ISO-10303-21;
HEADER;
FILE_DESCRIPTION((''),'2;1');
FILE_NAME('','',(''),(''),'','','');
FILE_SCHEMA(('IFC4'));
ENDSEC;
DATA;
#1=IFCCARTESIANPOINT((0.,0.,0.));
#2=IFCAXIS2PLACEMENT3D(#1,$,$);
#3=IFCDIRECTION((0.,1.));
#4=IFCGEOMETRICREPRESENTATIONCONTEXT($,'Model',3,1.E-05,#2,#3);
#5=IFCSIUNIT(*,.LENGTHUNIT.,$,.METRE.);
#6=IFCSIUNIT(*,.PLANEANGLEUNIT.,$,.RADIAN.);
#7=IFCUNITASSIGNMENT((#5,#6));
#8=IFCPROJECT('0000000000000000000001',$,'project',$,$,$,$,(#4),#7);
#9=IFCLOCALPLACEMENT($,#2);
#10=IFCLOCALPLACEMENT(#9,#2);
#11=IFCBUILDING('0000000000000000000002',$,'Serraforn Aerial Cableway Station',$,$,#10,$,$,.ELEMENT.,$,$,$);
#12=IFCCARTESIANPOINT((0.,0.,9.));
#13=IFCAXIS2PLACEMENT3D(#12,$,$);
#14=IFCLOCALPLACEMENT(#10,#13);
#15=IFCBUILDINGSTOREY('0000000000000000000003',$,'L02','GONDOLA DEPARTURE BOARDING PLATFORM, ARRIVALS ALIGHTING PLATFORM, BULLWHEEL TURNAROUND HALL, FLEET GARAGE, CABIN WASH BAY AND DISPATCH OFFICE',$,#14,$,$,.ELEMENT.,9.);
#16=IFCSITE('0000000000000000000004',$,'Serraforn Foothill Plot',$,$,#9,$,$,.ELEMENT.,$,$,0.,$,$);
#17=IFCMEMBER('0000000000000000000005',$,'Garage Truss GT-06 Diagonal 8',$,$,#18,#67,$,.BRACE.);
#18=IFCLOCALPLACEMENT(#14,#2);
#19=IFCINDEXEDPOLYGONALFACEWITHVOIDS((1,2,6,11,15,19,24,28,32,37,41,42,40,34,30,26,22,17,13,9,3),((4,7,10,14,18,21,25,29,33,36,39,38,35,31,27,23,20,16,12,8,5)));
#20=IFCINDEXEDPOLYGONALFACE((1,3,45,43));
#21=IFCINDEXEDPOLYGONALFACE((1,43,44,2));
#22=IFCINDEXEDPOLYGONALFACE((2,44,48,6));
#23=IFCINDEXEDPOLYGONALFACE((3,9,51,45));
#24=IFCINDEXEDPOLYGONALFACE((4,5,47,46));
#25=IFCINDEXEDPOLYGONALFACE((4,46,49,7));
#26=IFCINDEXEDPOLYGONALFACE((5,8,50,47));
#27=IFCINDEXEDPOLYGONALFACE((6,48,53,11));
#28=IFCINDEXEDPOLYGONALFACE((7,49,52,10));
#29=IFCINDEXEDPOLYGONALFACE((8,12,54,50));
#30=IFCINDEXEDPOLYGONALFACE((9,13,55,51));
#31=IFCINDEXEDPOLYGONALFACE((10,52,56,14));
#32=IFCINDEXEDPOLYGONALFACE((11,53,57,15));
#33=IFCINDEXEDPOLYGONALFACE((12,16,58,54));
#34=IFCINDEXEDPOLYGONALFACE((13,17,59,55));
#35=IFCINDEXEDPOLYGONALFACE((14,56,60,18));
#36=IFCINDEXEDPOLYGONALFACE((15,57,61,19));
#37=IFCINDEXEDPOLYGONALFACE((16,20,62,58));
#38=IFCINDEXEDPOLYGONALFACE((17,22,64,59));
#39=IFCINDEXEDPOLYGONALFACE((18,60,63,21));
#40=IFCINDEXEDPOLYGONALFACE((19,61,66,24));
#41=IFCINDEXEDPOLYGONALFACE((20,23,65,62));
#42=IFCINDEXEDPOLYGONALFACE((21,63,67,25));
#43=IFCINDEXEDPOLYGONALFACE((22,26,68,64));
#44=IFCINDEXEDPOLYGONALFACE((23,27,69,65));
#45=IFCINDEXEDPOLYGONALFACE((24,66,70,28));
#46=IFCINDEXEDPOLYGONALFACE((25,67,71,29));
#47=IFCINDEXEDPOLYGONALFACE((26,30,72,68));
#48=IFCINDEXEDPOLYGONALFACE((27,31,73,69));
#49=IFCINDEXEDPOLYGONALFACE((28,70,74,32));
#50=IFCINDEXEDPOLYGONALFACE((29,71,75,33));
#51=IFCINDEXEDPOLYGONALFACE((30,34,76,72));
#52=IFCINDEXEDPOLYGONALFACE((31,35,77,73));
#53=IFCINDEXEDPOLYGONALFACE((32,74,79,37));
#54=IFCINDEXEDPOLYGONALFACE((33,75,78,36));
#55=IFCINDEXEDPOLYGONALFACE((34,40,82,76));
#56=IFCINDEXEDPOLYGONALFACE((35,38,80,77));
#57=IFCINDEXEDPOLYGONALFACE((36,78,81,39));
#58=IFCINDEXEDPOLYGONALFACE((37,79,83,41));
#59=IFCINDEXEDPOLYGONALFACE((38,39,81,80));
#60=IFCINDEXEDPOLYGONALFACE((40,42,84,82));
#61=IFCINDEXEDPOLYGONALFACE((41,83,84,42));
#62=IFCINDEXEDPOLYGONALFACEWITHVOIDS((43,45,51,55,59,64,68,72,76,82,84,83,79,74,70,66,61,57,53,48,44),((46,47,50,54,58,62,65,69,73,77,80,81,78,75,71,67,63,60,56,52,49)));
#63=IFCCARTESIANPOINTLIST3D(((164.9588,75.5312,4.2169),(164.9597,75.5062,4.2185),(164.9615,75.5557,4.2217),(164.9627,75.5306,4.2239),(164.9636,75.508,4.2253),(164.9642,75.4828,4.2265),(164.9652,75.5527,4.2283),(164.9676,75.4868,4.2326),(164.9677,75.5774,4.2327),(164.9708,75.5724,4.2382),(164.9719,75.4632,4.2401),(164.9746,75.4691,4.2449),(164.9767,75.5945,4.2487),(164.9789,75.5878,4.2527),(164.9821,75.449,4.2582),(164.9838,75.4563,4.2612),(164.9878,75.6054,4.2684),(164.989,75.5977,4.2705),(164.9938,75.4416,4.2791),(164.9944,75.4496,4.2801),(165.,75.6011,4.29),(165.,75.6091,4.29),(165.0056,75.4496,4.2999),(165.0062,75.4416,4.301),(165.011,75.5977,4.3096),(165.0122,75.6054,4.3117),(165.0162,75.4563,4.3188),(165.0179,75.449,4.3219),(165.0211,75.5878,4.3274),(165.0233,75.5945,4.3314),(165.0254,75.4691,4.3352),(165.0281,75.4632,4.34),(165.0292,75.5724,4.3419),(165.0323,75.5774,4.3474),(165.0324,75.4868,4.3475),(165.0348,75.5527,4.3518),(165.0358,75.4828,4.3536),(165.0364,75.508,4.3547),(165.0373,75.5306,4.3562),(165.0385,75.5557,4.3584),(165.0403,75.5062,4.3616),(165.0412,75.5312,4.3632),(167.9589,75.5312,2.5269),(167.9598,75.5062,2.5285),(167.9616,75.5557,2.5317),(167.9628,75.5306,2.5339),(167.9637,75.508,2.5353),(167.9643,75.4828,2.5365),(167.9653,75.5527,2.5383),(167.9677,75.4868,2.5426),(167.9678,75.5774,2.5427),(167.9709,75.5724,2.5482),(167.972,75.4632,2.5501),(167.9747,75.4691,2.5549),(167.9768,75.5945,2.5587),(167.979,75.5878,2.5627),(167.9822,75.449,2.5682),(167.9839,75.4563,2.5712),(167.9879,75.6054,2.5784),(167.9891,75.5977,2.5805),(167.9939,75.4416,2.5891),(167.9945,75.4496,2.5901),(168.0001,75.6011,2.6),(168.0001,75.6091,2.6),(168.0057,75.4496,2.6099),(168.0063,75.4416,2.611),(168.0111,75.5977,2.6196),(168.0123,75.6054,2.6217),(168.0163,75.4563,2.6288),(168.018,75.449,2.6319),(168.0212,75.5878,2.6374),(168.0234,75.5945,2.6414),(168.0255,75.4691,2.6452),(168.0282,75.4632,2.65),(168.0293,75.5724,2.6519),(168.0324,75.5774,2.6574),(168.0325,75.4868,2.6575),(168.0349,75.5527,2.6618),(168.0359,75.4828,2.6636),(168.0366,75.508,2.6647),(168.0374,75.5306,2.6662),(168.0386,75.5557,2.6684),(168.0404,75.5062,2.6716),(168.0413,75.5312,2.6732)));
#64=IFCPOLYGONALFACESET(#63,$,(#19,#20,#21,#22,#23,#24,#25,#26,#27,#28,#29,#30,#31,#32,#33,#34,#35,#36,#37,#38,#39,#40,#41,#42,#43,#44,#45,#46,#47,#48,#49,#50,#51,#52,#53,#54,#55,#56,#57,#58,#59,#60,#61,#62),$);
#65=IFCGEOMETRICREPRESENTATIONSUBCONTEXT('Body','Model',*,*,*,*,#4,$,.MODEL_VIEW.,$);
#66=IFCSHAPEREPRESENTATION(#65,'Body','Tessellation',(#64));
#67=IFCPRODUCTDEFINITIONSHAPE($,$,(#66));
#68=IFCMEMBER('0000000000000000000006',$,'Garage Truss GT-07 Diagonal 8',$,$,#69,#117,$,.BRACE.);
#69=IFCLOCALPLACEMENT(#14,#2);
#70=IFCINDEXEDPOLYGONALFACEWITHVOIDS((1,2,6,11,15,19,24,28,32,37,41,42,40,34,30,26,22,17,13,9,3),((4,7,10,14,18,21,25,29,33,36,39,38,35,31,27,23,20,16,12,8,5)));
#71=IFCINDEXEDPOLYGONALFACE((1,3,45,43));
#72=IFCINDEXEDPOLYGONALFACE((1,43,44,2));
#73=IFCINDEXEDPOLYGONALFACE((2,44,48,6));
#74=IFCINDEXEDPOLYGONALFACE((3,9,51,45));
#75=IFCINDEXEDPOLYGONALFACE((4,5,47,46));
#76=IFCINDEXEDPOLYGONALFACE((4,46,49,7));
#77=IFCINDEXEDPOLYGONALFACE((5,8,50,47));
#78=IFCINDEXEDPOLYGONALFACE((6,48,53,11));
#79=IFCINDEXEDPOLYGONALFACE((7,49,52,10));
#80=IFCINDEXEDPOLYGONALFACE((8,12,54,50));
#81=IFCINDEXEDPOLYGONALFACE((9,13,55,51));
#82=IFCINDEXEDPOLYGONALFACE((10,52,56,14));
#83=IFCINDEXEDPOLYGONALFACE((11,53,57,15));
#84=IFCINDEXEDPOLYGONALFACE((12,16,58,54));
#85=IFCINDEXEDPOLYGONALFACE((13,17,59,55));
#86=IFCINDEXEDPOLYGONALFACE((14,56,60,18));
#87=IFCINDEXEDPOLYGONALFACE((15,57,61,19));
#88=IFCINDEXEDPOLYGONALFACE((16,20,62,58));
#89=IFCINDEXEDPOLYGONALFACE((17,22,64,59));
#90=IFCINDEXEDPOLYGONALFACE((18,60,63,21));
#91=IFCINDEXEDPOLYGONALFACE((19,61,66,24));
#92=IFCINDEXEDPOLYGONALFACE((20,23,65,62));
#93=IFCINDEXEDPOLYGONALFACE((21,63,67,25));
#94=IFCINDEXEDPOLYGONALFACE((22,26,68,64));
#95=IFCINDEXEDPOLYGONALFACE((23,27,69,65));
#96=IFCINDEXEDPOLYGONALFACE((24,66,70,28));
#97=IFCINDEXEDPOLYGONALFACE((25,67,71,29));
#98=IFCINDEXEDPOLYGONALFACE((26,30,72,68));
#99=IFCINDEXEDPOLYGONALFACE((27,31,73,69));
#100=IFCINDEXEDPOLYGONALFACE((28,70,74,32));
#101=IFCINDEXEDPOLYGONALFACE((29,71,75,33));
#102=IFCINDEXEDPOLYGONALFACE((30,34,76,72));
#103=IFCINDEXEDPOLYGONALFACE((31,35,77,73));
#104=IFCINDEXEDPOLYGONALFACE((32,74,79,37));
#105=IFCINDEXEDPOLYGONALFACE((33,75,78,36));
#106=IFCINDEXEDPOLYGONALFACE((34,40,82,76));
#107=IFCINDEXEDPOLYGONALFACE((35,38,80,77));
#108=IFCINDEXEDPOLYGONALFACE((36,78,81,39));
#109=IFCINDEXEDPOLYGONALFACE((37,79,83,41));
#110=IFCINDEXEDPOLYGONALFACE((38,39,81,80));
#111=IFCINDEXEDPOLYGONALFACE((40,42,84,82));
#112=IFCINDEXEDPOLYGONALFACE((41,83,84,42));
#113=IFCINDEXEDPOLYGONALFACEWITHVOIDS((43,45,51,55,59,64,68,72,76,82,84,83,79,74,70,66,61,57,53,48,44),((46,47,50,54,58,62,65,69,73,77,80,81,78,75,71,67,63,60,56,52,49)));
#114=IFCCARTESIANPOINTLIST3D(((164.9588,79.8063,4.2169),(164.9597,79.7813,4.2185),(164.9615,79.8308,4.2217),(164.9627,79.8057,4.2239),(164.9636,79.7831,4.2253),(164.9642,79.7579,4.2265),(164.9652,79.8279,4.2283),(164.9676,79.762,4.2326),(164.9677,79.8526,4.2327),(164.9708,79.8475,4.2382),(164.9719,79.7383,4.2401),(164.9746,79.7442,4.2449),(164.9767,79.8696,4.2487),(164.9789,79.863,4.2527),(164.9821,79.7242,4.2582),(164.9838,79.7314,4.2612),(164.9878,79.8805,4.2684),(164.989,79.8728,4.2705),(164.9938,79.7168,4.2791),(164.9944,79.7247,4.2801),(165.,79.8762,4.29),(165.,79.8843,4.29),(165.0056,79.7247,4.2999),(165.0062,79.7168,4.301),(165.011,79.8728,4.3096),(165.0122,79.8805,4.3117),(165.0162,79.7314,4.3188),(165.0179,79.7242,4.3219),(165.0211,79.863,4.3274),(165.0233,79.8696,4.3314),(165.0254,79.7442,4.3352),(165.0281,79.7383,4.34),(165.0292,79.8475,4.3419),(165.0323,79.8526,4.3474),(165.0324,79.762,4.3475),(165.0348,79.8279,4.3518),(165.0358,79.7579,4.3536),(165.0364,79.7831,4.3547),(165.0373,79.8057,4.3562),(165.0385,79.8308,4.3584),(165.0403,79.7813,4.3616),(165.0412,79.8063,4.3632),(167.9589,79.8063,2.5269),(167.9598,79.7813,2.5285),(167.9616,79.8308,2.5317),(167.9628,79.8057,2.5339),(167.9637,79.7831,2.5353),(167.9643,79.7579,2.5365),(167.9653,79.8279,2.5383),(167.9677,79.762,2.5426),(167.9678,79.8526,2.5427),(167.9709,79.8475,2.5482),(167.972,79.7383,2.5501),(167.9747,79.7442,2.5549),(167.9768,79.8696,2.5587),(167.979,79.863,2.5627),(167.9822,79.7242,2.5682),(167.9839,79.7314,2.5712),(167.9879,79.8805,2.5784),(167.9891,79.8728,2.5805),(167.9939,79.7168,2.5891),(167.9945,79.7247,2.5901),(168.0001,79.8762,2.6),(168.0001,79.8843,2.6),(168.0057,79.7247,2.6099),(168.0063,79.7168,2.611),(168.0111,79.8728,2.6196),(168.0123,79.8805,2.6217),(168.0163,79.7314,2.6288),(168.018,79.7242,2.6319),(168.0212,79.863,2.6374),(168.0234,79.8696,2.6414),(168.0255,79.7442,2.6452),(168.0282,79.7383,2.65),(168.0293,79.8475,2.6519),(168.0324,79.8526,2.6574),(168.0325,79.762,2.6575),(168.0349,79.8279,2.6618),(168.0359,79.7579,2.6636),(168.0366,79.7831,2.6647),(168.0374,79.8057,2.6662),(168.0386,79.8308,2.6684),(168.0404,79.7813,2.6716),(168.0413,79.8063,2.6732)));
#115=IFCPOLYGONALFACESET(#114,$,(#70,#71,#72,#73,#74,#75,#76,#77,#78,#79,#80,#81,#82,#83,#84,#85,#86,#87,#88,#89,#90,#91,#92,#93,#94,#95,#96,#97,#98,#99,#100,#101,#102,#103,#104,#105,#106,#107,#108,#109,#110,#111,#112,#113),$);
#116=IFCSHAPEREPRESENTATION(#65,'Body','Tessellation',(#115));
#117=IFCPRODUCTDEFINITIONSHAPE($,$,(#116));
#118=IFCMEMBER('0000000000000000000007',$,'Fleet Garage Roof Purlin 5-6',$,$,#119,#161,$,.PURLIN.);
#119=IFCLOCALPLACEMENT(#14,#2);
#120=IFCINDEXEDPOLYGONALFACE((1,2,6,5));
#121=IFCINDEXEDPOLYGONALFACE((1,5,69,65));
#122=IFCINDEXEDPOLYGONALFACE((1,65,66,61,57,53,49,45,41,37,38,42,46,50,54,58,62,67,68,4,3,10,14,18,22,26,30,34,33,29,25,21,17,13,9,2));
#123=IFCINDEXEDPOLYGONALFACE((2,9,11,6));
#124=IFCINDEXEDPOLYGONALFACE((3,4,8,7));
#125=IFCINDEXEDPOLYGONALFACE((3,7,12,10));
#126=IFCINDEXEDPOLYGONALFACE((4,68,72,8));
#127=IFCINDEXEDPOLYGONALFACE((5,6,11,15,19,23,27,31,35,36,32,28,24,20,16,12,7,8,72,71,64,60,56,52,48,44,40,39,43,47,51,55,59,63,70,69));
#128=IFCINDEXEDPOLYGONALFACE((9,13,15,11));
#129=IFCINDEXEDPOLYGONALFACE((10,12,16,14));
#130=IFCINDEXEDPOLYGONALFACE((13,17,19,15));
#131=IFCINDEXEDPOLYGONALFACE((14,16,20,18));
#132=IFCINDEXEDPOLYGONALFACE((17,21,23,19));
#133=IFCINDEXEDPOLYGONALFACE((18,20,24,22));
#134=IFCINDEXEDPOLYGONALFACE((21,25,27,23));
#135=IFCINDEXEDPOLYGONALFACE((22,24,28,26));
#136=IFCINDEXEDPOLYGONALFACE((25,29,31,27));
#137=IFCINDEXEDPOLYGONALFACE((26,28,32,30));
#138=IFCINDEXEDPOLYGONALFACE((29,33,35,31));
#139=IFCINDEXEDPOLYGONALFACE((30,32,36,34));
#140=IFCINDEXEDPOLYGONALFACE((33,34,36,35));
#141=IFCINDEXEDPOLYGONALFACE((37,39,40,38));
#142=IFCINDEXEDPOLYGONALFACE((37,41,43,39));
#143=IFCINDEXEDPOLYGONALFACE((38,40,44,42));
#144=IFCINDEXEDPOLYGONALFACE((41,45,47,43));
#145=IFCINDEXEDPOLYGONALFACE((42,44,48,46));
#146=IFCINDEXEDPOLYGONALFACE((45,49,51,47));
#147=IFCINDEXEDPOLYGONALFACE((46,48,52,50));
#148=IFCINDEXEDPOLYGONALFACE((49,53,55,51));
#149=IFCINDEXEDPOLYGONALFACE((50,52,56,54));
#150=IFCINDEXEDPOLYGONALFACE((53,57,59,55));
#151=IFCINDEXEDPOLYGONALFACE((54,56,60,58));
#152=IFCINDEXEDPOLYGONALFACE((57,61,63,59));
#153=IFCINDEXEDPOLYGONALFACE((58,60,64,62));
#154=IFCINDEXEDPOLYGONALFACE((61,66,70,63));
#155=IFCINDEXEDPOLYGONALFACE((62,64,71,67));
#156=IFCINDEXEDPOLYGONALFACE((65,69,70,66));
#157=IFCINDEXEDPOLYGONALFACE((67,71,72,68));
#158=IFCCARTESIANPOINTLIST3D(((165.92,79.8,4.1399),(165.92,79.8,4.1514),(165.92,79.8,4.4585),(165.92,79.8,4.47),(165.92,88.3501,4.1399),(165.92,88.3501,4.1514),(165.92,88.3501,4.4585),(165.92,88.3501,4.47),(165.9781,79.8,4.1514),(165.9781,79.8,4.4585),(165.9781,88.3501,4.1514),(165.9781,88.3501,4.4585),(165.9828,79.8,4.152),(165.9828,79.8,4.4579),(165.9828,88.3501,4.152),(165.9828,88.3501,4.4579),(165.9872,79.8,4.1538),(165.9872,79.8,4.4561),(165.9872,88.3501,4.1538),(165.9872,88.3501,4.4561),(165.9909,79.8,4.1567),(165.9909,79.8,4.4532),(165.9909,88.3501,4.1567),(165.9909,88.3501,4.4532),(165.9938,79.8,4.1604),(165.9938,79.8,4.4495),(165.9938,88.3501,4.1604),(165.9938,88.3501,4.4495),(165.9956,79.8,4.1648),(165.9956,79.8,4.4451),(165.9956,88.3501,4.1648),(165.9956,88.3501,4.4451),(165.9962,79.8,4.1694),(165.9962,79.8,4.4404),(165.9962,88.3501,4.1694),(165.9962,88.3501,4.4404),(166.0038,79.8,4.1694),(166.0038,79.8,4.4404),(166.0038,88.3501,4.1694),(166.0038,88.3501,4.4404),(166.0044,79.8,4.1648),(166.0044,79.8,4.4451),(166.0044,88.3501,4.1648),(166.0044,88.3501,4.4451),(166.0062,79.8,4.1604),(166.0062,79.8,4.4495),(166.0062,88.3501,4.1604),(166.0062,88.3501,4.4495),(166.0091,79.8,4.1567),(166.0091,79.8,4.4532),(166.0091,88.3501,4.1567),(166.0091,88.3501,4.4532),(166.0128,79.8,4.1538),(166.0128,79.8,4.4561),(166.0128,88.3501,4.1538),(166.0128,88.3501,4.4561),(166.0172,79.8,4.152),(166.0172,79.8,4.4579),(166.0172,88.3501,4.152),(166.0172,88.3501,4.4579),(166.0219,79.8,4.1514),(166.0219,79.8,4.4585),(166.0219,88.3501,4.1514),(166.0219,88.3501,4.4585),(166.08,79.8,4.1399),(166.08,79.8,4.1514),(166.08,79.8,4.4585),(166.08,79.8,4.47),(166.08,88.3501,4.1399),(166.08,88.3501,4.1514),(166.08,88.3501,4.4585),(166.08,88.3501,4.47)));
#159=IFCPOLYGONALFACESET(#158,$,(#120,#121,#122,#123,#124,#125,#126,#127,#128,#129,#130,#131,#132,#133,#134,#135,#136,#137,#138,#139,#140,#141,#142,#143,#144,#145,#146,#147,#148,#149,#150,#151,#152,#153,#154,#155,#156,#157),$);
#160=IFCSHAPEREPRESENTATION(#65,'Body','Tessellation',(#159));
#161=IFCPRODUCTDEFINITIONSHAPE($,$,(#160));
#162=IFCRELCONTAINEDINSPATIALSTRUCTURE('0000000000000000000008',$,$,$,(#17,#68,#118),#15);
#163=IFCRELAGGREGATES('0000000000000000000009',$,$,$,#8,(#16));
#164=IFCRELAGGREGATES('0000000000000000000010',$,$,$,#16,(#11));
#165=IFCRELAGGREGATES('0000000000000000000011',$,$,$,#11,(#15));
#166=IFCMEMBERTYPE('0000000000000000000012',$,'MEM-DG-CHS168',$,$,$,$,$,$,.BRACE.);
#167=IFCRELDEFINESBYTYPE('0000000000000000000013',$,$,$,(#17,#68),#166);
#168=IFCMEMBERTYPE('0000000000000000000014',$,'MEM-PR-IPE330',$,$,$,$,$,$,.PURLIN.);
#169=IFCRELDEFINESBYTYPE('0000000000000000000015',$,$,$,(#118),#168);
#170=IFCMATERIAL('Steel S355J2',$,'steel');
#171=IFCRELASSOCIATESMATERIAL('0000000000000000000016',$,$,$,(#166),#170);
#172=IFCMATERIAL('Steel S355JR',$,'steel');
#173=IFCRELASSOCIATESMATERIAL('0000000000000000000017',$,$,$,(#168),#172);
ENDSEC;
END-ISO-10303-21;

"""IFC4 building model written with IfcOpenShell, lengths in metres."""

from ifc_helpers import new_model, si_unit, direction, frame, origin, origin_2d, place, context, subcontext, project, spatial, hollow_circle, i_section, extrude, material, material_profile, profile_set, type_object, element, save


model = new_model("IFC4")

# Units and contexts
model_context = context("Model", 3, precision=1e-05, world=origin(), true_north=direction((0.0, 1.0)))
body_context = subcontext(model_context, "Body", "Model", "MODEL_VIEW")
ifc_project = project(units=[si_unit("LENGTHUNIT", "METRE"), si_unit("PLANEANGLEUNIT", "RADIAN")], contexts=[model_context])

# Site, building, storey
site_placement = place(None, origin())
site = spatial("IfcSite", under=ifc_project, at=site_placement, Name="Serraforn Foothill Plot", CompositionType="ELEMENT", RefElevation=0.0)
building_placement = place(site_placement, origin())
building = spatial("IfcBuilding", under=site, at=building_placement, Name="Serraforn Aerial Cableway Station", CompositionType="ELEMENT")
storey_placement = place(building_placement, frame((0.0, 0.0, 9.0)))
storey = spatial("IfcBuildingStorey", under=building, at=storey_placement, Name="L02", Description="GONDOLA DEPARTURE BOARDING PLATFORM, ARRIVALS ALIGHTING PLATFORM, BULLWHEEL TURNAROUND HALL, FLEET GARAGE, CABIN WASH BAY AND DISPATCH OFFICE", CompositionType="ELEMENT", Elevation=9.0)

# Members
ifc_material_1 = material(Name="Steel S355J2", Category="steel")
ifc_material_profile_1 = material_profile(ifc_material_1, hollow_circle(Radius=0.0842, WallThickness=0.0081, at=origin_2d()), Name="CHS 168.3x8.0")
ifc_profile_set_1 = profile_set([ifc_material_profile_1], Name="Steel S355J2")
member_type_1 = type_object("IfcMemberType", Name="MEM-DG-CHS168", PredefinedType="BRACE", material=ifc_profile_set_1)
for number, where, z_axis, x_axis, name in (
    (1, (165.0, 75.5249, 4.29), (0.871272, 0.0, -0.4908), (0.0, 1.0, 0.0), "Garage Truss GT-06 Diagonal 8"),
    (2, (165.0, 79.8, 4.29), (0.871272, 0.0, -0.4908), (0.0, 1.0, 0.0), "Garage Truss GT-07 Diagonal 8"),
):
    element("IfcMember", number, at=place(storey_placement, frame(where, z_axis=z_axis, x_axis=x_axis)), inside=storey, type_object=member_type_1, Name=name, PredefinedType="BRACE", context=body_context, shape_type="SweptSolid", body=[
        extrude(hollow_circle(Radius=0.0842, WallThickness=0.0081, at=origin_2d()), origin(), (0.0, 0.0, 1.0), 3.4434),
    ])
ifc_material_2 = material(Name="Steel S355JR", Category="steel")
ifc_material_profile_2 = material_profile(ifc_material_2, i_section(OverallWidth=0.1599, OverallDepth=0.3301, WebThickness=0.0076, FlangeThickness=0.0115, FilletRadius=0.0181, at=origin_2d()), Name="IPE 330")
ifc_profile_set_2 = profile_set([ifc_material_profile_2], Name="Steel S355JR")
member_type_2 = type_object("IfcMemberType", Name="MEM-PR-IPE330", PredefinedType="PURLIN", material=ifc_profile_set_2)
member_1_placement = place(storey_placement, frame((166.0, 79.8, 4.3049), z_axis=(0.0, 1.0, 0.0), x_axis=(-1.0, 0.0, 0.0)))
element("IfcMember", 3, at=member_1_placement, inside=storey, type_object=member_type_2, Name="Fleet Garage Roof Purlin 5-6", PredefinedType="PURLIN", context=body_context, shape_type="SweptSolid", body=[
    extrude(i_section(OverallWidth=0.1599, OverallDepth=0.3301, WebThickness=0.0076, FlangeThickness=0.0115, FilletRadius=0.0181, at=origin_2d()), origin(), (0.0, 0.0, 1.0), 8.55),
])

save(model, "model.ifc")
